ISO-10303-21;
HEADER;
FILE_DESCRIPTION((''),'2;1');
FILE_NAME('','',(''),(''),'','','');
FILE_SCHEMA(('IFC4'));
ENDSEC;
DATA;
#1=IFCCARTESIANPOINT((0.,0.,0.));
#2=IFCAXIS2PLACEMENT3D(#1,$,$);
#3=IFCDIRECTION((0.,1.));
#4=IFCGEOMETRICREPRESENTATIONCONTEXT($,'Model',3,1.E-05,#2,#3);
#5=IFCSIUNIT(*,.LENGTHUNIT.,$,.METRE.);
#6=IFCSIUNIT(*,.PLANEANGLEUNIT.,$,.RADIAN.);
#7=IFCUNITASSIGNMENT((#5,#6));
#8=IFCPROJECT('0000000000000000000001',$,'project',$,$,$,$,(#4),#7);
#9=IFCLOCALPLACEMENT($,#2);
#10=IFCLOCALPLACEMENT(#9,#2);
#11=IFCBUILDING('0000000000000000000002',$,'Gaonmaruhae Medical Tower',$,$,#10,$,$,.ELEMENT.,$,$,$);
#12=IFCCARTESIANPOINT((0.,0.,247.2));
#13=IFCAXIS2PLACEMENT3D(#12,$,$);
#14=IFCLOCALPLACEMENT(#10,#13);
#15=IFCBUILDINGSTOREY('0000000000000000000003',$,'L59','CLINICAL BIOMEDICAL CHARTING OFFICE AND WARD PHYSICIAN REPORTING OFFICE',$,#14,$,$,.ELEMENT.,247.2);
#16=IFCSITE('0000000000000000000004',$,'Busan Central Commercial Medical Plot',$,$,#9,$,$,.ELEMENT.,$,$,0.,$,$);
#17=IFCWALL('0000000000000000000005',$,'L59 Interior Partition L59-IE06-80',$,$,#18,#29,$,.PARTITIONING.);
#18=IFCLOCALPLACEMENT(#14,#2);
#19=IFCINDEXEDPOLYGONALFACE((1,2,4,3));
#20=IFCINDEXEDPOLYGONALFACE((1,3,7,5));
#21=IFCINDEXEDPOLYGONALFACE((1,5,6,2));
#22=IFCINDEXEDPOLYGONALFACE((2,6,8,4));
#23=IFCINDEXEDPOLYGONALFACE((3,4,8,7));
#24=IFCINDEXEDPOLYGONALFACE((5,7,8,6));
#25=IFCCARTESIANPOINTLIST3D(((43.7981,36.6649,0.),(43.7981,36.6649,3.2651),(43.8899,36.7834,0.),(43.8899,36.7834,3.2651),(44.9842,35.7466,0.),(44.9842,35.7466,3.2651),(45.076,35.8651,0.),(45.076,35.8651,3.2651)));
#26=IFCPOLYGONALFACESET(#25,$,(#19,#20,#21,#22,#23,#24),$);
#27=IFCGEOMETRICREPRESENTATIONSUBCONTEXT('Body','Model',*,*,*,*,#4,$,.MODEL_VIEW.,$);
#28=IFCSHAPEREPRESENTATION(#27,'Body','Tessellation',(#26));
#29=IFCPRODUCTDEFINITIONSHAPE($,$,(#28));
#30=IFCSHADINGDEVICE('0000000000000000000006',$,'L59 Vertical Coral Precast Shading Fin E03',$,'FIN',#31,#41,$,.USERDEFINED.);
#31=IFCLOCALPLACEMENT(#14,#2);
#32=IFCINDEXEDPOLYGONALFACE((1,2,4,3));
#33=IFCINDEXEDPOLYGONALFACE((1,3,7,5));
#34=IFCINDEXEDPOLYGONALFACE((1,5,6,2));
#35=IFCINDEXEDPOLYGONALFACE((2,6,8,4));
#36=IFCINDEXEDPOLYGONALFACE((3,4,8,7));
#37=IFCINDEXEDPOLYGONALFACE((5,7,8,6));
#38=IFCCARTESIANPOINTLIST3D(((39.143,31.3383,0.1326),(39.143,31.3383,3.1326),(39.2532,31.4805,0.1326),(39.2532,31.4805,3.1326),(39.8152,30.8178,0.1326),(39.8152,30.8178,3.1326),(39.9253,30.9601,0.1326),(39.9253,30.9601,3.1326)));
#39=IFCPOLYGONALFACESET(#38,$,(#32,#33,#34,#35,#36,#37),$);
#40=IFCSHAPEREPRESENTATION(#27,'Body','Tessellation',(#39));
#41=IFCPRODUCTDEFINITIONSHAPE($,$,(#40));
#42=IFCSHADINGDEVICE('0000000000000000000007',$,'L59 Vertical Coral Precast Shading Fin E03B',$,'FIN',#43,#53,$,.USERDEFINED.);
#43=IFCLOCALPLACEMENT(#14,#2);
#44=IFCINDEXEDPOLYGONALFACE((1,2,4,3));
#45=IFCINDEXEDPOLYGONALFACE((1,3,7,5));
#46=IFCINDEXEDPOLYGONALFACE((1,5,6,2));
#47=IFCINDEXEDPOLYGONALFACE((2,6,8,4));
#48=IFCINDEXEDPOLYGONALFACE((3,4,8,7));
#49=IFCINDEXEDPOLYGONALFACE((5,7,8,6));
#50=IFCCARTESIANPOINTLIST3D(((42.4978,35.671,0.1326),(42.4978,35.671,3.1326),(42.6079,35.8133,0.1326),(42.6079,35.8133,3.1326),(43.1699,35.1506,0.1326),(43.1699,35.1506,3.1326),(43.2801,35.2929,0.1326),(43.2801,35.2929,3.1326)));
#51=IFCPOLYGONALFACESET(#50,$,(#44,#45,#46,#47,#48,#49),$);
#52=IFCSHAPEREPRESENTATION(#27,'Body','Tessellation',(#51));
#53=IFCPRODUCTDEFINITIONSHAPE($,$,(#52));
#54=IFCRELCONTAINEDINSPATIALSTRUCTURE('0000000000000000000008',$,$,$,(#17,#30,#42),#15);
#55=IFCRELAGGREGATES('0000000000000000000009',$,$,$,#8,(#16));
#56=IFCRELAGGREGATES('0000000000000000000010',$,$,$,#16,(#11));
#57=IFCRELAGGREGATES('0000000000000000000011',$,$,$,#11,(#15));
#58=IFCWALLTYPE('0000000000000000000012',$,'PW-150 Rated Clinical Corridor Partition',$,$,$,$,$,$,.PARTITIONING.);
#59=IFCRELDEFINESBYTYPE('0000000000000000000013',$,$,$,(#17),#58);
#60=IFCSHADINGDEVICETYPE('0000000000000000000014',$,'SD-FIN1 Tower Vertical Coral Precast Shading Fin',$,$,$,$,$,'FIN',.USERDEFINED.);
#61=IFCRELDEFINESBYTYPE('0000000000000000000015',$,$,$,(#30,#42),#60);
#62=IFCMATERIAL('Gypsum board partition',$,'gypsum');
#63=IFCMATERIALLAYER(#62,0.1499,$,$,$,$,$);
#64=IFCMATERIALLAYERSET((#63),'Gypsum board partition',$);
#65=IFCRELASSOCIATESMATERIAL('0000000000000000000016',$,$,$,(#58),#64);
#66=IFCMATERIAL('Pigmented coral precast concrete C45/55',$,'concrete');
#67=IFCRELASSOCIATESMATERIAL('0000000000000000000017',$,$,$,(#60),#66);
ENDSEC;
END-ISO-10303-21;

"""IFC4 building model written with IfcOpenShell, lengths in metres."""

from ifc_helpers import new_model, si_unit, direction, frame, frame_2d, origin, origin_2d, place, context, subcontext, project, spatial, rectangle, extrude, material, layer, layer_set, type_object, element, save


model = new_model("IFC4")

# Units and contexts
model_context = context("Model", 3, precision=1e-05, world=origin(), true_north=direction((0.0, 1.0)))
body_context = subcontext(model_context, "Body", "Model", "MODEL_VIEW")
ifc_project = project(units=[si_unit("LENGTHUNIT", "METRE"), si_unit("PLANEANGLEUNIT", "RADIAN")], contexts=[model_context])

# Site, building, storey
site_placement = place(None, origin())
site = spatial("IfcSite", under=ifc_project, at=site_placement, Name="Busan Central Commercial Medical Plot", CompositionType="ELEMENT", RefElevation=0.0)
building_placement = place(site_placement, origin())
building = spatial("IfcBuilding", under=site, at=building_placement, Name="Gaonmaruhae Medical Tower", CompositionType="ELEMENT")
storey_placement = place(building_placement, frame((0.0, 0.0, 247.2)))
storey = spatial("IfcBuildingStorey", under=building, at=storey_placement, Name="L59", Description="CLINICAL BIOMEDICAL CHARTING OFFICE AND WARD PHYSICIAN REPORTING OFFICE", CompositionType="ELEMENT", Elevation=247.2)

# Shared definitions
ifc_material_1 = material(Name="Gypsum board partition", Category="gypsum")
ifc_layer_1 = layer(ifc_material_1, 0.1499)
ifc_layer_set_1 = layer_set([ifc_layer_1], Name="Gypsum board partition")
wall_type_1 = type_object("IfcWallType", Name="PW-150 Rated Clinical Corridor Partition", PredefinedType="PARTITIONING", material=ifc_layer_set_1)

# Wall
wall_1_placement = place(storey_placement, frame((43.844, 36.7241, 0.0), z_axis=(0.0, 0.0, 1.0), x_axis=(0.790726, -0.61217, 0.0)))
element("IfcWall", 1, at=wall_1_placement, inside=storey, type_object=wall_type_1, Name="L59 Interior Partition L59-IE06-80", PredefinedType="PARTITIONING", context=body_context, shape_type="SweptSolid", body=[
    extrude(rectangle(XDim=1.5, YDim=0.1499, at=frame_2d((0.75, 0.0))), origin(), (0.0, 0.0, 1.0), 3.2651),
])

# Shading devices
ifc_material_2 = material(Name="Pigmented coral precast concrete C45/55", Category="concrete")
shading_device_type = type_object("IfcShadingDeviceType", Name="SD-FIN1 Tower Vertical Coral Precast Shading Fin", ElementType="FIN", PredefinedType="USERDEFINED", material=ifc_material_2)
for number, where, z_axis, x_axis, name in (
    (2, (39.5342, 31.1492, 0.1326), (0.0, 0.0, 1.0), (0.612203, 0.7907, 0.0), "L59 Vertical Coral Precast Shading Fin E03"),
    (3, (42.8889, 35.4819, 0.1326), (0.0, 0.0, 1.0), (0.612203, 0.7907, 0.0), "L59 Vertical Coral Precast Shading Fin E03B"),
):
    element("IfcShadingDevice", number, at=place(storey_placement, frame(where, z_axis=z_axis, x_axis=x_axis)), inside=storey, type_object=shading_device_type, Name=name, ObjectType="FIN", PredefinedType="USERDEFINED", context=body_context, shape_type="SweptSolid", body=[
        extrude(rectangle(XDim=0.1799, YDim=0.8501, at=origin_2d()), origin(), (0.0, 0.0, 1.0), 3.0),
    ])

save(model, "model.ifc")
